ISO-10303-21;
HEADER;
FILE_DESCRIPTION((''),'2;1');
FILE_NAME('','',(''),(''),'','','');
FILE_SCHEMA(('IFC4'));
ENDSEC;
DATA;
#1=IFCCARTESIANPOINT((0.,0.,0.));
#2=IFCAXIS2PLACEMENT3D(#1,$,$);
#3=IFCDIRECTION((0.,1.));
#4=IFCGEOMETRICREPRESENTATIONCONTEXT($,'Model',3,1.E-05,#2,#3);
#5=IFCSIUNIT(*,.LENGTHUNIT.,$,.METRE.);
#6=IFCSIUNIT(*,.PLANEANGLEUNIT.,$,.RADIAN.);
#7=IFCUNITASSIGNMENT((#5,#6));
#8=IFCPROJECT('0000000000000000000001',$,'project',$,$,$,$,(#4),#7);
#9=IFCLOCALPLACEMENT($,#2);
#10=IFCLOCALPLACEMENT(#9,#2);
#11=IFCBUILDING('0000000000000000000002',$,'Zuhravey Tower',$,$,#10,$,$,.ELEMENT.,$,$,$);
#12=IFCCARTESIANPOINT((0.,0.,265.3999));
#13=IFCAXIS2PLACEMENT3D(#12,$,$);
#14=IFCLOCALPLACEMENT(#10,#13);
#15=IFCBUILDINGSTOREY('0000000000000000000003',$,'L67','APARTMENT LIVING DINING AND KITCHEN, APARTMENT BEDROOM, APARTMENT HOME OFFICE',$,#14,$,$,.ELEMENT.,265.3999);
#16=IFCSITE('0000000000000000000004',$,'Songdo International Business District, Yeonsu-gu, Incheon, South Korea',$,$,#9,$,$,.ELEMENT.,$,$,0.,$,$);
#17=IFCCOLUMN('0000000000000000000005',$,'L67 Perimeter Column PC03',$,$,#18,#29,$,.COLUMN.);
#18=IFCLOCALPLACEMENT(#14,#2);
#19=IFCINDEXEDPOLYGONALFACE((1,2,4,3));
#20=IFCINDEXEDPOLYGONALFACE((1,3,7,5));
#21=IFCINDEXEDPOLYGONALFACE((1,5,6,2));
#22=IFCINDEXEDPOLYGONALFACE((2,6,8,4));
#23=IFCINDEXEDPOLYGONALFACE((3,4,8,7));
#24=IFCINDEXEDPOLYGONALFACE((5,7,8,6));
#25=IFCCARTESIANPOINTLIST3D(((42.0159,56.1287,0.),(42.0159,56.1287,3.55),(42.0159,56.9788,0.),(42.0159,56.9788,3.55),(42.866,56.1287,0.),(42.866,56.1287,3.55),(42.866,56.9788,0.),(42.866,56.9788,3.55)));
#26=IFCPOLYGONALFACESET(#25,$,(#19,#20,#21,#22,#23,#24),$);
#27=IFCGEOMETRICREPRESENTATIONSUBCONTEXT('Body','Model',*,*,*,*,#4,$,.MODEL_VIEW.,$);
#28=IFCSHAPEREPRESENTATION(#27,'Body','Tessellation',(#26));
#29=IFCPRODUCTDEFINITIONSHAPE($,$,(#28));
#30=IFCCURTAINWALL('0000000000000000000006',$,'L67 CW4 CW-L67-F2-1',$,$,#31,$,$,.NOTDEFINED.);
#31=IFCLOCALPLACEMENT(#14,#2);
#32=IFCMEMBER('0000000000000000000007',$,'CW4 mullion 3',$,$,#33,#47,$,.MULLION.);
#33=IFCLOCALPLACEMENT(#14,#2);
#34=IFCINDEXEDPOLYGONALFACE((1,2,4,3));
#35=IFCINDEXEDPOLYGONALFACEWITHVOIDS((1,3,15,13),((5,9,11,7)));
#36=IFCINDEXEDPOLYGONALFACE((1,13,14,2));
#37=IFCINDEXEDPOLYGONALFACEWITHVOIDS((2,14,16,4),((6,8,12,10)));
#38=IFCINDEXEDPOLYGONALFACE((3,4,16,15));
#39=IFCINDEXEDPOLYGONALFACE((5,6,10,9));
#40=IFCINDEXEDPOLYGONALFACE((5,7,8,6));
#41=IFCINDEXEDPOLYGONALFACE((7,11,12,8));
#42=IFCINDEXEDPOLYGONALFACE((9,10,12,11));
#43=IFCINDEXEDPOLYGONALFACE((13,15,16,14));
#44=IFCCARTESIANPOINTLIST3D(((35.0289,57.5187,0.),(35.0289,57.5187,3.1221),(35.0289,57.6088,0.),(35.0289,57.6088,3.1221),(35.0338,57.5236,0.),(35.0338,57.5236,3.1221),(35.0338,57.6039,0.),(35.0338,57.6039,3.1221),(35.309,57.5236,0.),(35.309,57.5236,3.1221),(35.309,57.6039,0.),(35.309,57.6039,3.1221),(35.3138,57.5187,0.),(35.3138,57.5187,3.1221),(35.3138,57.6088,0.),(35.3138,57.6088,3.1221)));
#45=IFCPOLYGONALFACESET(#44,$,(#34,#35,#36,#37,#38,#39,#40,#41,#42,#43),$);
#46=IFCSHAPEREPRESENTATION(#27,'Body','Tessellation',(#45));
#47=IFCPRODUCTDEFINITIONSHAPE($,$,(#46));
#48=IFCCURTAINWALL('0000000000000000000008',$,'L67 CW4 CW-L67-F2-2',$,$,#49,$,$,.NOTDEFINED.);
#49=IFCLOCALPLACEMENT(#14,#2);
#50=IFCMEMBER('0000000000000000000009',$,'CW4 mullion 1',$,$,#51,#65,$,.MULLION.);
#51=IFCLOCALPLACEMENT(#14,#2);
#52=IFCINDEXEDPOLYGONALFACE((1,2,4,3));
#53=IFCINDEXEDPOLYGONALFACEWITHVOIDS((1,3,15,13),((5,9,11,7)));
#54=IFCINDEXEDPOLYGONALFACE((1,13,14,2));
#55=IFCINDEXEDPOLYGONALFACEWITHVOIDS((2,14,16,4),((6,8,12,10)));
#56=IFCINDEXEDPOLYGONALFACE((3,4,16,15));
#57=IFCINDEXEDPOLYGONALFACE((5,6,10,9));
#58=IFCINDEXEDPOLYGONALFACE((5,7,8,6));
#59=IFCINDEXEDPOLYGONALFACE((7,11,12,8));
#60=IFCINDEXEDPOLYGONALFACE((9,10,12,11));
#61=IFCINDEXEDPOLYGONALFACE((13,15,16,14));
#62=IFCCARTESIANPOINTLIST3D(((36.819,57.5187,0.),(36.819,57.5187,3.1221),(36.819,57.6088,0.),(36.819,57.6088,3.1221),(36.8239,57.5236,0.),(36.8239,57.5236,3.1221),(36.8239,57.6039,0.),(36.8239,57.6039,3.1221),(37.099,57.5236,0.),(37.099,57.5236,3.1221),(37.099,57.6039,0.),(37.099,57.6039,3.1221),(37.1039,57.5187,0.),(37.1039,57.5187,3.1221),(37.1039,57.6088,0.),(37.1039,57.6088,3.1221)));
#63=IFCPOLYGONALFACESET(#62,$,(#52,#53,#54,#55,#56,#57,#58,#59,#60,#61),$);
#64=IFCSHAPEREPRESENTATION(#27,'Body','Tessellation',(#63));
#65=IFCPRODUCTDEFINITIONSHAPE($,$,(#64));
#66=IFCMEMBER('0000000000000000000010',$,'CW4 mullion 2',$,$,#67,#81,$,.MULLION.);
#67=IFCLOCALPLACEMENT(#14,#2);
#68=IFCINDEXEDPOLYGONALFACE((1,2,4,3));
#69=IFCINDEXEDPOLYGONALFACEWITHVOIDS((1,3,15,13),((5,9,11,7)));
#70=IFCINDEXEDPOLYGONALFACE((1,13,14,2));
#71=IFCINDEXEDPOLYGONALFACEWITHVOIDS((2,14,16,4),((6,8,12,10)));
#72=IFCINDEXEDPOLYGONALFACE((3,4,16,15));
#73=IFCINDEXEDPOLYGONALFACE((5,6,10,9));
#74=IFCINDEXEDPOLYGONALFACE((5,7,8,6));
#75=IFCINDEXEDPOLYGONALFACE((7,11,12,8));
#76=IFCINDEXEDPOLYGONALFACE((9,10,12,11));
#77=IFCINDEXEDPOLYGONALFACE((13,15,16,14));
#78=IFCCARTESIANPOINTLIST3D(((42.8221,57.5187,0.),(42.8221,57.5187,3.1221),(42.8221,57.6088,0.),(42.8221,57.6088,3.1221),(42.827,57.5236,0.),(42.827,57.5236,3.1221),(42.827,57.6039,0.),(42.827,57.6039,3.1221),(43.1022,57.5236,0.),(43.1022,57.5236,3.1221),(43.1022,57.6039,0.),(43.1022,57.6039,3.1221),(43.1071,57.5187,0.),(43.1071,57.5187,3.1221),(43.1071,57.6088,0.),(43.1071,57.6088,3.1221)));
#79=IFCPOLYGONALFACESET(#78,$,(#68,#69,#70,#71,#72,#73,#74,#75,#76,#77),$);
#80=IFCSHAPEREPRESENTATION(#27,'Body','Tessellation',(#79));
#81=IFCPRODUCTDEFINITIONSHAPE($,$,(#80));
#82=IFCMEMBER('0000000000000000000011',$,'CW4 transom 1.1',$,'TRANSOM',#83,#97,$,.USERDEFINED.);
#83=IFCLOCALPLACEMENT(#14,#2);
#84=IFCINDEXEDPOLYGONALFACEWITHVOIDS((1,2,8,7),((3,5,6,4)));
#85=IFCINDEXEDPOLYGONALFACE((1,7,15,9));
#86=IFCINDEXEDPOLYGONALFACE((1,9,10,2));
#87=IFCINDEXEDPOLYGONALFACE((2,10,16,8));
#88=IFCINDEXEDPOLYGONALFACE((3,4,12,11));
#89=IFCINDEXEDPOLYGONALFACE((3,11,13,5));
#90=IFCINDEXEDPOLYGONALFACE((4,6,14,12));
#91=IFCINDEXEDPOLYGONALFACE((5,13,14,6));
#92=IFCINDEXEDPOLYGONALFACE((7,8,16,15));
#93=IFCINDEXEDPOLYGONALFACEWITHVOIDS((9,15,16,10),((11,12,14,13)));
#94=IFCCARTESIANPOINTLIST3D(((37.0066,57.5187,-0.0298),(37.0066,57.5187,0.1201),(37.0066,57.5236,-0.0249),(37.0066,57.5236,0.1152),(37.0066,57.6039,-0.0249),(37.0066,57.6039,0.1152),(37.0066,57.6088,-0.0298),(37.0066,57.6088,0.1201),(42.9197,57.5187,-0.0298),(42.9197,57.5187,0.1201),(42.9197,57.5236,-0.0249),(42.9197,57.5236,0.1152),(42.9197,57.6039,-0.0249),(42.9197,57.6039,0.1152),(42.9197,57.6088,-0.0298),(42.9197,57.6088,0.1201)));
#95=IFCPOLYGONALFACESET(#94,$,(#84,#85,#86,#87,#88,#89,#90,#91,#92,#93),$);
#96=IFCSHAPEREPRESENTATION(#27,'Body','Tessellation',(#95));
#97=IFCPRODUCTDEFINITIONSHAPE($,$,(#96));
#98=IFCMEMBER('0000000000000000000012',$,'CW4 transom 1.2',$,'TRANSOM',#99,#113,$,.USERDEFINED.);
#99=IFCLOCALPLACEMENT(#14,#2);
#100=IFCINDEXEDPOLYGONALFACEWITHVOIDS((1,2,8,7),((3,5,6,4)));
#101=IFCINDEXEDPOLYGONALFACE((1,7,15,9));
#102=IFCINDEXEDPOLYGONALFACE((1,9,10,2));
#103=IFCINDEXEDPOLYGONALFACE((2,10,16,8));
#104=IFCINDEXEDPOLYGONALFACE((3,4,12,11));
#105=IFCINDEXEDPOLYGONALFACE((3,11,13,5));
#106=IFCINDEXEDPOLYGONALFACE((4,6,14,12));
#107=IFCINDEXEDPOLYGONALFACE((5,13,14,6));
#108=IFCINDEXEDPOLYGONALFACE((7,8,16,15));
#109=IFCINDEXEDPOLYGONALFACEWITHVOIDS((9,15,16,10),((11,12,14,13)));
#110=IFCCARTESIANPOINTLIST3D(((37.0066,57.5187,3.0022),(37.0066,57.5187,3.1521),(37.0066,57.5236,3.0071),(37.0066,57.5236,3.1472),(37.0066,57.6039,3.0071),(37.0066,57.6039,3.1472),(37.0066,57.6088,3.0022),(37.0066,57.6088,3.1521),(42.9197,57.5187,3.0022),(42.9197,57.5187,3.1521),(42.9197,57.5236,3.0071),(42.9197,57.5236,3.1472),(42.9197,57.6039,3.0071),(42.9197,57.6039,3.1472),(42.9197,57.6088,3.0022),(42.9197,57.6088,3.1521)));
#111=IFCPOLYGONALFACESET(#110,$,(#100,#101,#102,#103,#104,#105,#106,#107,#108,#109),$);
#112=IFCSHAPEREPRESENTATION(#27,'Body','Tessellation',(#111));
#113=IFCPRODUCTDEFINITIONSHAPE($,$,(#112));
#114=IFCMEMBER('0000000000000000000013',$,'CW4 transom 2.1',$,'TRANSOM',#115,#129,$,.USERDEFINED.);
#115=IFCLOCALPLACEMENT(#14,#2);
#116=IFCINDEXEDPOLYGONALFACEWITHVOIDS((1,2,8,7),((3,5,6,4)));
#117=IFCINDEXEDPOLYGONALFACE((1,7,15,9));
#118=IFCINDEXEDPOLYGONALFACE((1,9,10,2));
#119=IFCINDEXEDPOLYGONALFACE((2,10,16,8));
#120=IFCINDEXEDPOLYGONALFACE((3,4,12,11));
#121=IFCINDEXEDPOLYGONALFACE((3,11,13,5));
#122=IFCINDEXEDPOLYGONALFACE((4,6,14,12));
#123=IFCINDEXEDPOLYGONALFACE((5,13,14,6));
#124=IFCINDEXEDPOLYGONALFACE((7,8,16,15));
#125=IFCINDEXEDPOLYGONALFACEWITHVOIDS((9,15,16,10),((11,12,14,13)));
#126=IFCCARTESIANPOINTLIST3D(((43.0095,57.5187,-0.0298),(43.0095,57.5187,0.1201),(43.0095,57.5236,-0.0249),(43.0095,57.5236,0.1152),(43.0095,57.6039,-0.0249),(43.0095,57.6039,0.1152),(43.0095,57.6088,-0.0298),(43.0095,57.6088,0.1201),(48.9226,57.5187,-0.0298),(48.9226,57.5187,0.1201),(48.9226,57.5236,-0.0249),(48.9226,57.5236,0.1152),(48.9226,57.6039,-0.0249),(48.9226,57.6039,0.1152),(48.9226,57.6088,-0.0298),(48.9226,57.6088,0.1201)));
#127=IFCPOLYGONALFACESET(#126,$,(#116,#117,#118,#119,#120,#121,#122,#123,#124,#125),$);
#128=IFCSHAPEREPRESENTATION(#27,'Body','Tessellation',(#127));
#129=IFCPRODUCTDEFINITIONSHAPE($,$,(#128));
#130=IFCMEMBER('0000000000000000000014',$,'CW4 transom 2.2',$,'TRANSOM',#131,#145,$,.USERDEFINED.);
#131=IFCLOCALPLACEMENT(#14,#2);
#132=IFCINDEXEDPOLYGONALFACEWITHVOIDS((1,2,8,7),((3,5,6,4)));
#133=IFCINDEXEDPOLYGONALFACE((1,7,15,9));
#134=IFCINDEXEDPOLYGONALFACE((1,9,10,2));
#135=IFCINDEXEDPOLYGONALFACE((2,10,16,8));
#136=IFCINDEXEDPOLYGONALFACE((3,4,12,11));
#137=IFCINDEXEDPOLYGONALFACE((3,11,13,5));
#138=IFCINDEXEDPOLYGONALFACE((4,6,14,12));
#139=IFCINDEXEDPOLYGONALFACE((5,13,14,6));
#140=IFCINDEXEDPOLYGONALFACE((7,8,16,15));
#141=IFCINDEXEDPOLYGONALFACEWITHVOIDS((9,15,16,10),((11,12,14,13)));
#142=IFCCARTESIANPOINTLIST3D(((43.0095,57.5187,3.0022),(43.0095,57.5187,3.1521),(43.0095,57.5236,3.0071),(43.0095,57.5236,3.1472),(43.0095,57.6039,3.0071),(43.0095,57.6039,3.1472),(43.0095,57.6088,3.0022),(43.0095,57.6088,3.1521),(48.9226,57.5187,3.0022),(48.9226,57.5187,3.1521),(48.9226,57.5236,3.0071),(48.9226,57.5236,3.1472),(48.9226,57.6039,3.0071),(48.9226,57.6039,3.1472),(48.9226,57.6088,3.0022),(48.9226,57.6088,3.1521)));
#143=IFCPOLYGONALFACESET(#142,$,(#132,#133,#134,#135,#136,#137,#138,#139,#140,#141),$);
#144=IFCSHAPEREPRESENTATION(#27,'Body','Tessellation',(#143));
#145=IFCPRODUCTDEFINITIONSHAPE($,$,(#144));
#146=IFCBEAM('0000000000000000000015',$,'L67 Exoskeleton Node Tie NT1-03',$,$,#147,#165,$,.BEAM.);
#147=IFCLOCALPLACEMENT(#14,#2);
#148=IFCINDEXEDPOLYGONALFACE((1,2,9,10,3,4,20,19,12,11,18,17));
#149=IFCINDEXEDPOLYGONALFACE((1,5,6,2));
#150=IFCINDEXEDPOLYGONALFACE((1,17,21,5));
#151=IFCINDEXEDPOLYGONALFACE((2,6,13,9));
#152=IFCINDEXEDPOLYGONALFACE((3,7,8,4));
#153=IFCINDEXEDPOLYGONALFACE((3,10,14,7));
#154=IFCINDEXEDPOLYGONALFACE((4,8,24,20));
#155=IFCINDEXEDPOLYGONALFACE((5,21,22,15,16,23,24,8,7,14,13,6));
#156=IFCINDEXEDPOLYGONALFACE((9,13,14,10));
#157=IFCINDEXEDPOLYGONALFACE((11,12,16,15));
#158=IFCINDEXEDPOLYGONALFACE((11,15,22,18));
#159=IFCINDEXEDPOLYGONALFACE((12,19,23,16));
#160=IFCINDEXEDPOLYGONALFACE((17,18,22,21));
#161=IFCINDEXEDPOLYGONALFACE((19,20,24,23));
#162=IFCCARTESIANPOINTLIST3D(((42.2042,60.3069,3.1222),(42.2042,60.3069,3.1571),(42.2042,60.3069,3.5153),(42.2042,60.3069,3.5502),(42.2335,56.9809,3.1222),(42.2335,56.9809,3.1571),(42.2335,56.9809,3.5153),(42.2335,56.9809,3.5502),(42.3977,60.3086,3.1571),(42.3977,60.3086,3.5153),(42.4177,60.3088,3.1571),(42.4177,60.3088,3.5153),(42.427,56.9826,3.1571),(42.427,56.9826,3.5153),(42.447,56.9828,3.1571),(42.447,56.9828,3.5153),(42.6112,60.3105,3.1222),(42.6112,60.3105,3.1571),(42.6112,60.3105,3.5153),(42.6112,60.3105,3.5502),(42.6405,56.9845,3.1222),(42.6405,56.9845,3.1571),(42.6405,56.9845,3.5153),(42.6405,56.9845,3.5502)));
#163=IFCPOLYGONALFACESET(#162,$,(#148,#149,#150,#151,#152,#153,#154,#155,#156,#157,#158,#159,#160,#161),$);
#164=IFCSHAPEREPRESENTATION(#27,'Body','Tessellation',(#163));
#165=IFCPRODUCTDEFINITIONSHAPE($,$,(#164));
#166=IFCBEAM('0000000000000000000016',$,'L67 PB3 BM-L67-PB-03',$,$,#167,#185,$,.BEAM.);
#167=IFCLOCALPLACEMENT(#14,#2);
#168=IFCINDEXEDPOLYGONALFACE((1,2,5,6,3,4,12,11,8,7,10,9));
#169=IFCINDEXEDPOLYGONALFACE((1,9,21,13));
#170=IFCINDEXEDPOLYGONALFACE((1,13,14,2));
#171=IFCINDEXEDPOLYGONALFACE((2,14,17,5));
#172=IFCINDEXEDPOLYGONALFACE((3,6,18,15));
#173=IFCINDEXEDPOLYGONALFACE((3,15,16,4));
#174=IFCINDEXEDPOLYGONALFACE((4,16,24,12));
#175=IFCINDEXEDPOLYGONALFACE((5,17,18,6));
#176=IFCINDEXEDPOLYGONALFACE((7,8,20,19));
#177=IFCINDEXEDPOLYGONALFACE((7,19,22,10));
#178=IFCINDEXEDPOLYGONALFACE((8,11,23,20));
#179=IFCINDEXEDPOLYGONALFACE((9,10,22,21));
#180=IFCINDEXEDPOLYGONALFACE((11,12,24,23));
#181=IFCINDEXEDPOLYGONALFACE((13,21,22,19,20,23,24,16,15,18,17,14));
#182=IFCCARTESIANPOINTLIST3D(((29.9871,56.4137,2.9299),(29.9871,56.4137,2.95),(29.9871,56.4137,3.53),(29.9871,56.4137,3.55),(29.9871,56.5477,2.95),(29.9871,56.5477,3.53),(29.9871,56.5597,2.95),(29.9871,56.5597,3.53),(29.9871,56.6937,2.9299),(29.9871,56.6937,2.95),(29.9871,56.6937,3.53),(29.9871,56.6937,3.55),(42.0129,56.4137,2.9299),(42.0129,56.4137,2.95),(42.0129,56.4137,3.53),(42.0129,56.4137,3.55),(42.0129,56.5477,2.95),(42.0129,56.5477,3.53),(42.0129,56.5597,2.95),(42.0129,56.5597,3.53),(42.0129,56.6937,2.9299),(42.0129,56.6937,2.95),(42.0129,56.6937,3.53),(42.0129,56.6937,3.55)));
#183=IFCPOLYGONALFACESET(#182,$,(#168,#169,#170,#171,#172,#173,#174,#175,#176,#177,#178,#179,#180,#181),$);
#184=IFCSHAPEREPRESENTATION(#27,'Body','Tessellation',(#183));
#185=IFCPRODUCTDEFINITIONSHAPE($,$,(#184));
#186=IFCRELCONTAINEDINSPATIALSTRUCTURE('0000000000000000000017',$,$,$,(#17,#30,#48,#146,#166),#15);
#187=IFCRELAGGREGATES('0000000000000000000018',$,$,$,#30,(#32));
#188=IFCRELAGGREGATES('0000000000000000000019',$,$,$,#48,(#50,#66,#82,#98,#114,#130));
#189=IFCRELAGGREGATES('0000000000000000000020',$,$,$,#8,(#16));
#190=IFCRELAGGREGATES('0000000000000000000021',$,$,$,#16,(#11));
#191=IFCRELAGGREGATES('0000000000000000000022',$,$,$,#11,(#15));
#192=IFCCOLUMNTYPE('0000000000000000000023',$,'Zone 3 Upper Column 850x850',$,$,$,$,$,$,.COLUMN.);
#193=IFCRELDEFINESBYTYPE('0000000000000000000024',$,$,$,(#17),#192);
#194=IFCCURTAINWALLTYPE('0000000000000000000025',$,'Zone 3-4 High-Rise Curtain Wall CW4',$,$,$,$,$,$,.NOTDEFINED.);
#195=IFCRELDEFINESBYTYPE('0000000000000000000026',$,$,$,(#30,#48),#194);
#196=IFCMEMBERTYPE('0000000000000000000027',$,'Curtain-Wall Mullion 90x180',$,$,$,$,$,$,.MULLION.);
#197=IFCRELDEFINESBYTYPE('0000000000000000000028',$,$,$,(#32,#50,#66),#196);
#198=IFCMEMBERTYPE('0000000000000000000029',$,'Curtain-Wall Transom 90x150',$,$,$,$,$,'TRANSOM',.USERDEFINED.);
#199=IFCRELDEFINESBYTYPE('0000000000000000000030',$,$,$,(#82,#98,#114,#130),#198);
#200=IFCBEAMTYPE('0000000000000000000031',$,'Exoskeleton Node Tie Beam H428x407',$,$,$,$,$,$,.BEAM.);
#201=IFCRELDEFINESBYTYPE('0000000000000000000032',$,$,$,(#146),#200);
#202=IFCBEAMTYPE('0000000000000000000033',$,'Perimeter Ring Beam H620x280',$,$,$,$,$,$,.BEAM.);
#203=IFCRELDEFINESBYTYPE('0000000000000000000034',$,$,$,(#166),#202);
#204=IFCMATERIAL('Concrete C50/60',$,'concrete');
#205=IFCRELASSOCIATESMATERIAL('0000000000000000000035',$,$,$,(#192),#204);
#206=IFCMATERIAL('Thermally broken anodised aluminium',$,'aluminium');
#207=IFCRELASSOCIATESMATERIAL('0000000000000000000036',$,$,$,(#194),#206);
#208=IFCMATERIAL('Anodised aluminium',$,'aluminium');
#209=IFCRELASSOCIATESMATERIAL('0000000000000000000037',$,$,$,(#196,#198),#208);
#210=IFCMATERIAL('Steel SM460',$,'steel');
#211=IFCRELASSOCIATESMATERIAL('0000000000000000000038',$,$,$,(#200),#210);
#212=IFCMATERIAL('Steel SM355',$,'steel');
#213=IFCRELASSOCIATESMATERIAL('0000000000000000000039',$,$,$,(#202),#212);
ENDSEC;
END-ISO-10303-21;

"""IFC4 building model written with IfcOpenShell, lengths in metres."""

from ifc_helpers import new_model, si_unit, direction, frame, origin, origin_2d, place, context, subcontext, project, spatial, rectangle, hollow_rectangle, i_section, extrude, material, material_profile, profile_set, type_object, element, aggregate, save


model = new_model("IFC4")

# Units and contexts
model_context = context("Model", 3, precision=1e-05, world=origin(), true_north=direction((0.0, 1.0)))
body_context = subcontext(model_context, "Body", "Model", "MODEL_VIEW")
ifc_project = project(units=[si_unit("LENGTHUNIT", "METRE"), si_unit("PLANEANGLEUNIT", "RADIAN")], contexts=[model_context])

# Site, building, storey
site_placement = place(None, origin())
site = spatial("IfcSite", under=ifc_project, at=site_placement, Name="Songdo International Business District, Yeonsu-gu, Incheon, South Korea", CompositionType="ELEMENT", RefElevation=0.0)
building_placement = place(site_placement, origin())
building = spatial("IfcBuilding", under=site, at=building_placement, Name="Zuhravey Tower", CompositionType="ELEMENT")
storey_placement = place(building_placement, frame((0.0, 0.0, 265.3999)))
storey = spatial("IfcBuildingStorey", under=building, at=storey_placement, Name="L67", Description="APARTMENT LIVING DINING AND KITCHEN, APARTMENT BEDROOM, APARTMENT HOME OFFICE", CompositionType="ELEMENT", Elevation=265.3999)

# Column
ifc_material_1 = material(Name="Concrete C50/60", Category="concrete")
ifc_material_profile_1 = material_profile(ifc_material_1, rectangle(XDim=0.8501, YDim=0.8501, at=origin_2d()), Name="RC-850x850")
ifc_profile_set_1 = profile_set([ifc_material_profile_1], Name="Concrete C50/60")
column_type = type_object("IfcColumnType", Name="Zone 3 Upper Column 850x850", PredefinedType="COLUMN", material=ifc_profile_set_1)
column_placement = place(storey_placement, frame((42.4409, 56.5537, 0.0), z_axis=(0.0, 0.0, 1.0), x_axis=(-1.0, 0.0, 0.0)))
element("IfcColumn", 1, at=column_placement, inside=storey, type_object=column_type, Name="L67 Perimeter Column PC03", PredefinedType="COLUMN", context=body_context, shape_type="SweptSolid", body=[
    extrude(rectangle(XDim=0.8501, YDim=0.8501, at=origin_2d()), origin(), (0.0, 0.0, 1.0), 3.55),
])

# Curtain wall, member
ifc_material_2 = material(Name="Thermally broken anodised aluminium", Category="aluminium")
curtain_wall_type = type_object("IfcCurtainWallType", Name="Zone 3-4 High-Rise Curtain Wall CW4", PredefinedType="NOTDEFINED", material=ifc_material_2)
curtain_wall_1_placement = place(storey_placement, origin())
curtain_wall_1 = element("IfcCurtainWall", 2, at=curtain_wall_1_placement, inside=storey, type_object=curtain_wall_type, Name="L67 CW4 CW-L67-F2-1", PredefinedType="NOTDEFINED")
ifc_material_3 = material(Name="Anodised aluminium", Category="aluminium")
ifc_material_profile_2 = material_profile(ifc_material_3, hollow_rectangle(XDim=0.0901, YDim=0.2849, WallThickness=0.0049, at=origin_2d()), Name="ALU-RHS-90x285x5")
ifc_profile_set_2 = profile_set([ifc_material_profile_2], Name="Anodised aluminium")
member_type_1 = type_object("IfcMemberType", Name="Curtain-Wall Mullion 90x180", PredefinedType="MULLION", material=ifc_profile_set_2)
member_1_placement = place(storey_placement, frame((35.1714, 57.5637, 0.0), z_axis=(0.0, 0.0, 1.0), x_axis=(0.0, 1.0, 0.0)))
member_1 = element("IfcMember", 3, at=member_1_placement, type_object=member_type_1, Name="CW4 mullion 3", PredefinedType="MULLION", context=body_context, shape_type="SweptSolid", body=[
    extrude(hollow_rectangle(XDim=0.0901, YDim=0.2849, WallThickness=0.0049, at=origin_2d()), origin(), (0.0, 0.0, 1.0), 3.1221),
])
aggregate(curtain_wall_1, [member_1])

# Curtain wall, members
curtain_wall_2_placement = place(storey_placement, origin())
curtain_wall_2 = element("IfcCurtainWall", 4, at=curtain_wall_2_placement, inside=storey, type_object=curtain_wall_type, Name="L67 CW4 CW-L67-F2-2", PredefinedType="NOTDEFINED")
member_2_placement = place(storey_placement, frame((36.9614, 57.5637, 0.0), z_axis=(0.0, 0.0, 1.0), x_axis=(0.0, 1.0, 0.0)))
member_2 = element("IfcMember", 5, at=member_2_placement, type_object=member_type_1, Name="CW4 mullion 1", PredefinedType="MULLION", context=body_context, shape_type="SweptSolid", body=[
    extrude(hollow_rectangle(XDim=0.0901, YDim=0.2849, WallThickness=0.0049, at=origin_2d()), origin(), (0.0, 0.0, 1.0), 3.1221),
])
member_3_placement = place(storey_placement, frame((42.9646, 57.5637, 0.0), z_axis=(0.0, 0.0, 1.0), x_axis=(0.0, 1.0, 0.0)))
member_3 = element("IfcMember", 6, at=member_3_placement, type_object=member_type_1, Name="CW4 mullion 2", PredefinedType="MULLION", context=body_context, shape_type="SweptSolid", body=[
    extrude(hollow_rectangle(XDim=0.0901, YDim=0.2849, WallThickness=0.0049, at=origin_2d()), origin(), (0.0, 0.0, 1.0), 3.1221),
])
ifc_material_profile_3 = material_profile(ifc_material_3, hollow_rectangle(XDim=0.0901, YDim=0.1499, WallThickness=0.0049, at=origin_2d()), Name="ALU-RHS-90x150x5")
ifc_profile_set_3 = profile_set([ifc_material_profile_3], Name="Anodised aluminium")
member_type_2 = type_object("IfcMemberType", Name="Curtain-Wall Transom 90x150", ElementType="TRANSOM", PredefinedType="USERDEFINED", material=ifc_profile_set_3)
member_4_placement = place(storey_placement, frame((37.0066, 57.5637, 0.0452), z_axis=(1.0, 0.0, 0.0), x_axis=(0.0, 1.0, 0.0)))
member_4 = element("IfcMember", 7, at=member_4_placement, type_object=member_type_2, Name="CW4 transom 1.1", ObjectType="TRANSOM", PredefinedType="USERDEFINED", context=body_context, shape_type="SweptSolid", body=[
    extrude(hollow_rectangle(XDim=0.0901, YDim=0.1499, WallThickness=0.0049, at=origin_2d()), origin(), (0.0, 0.0, 1.0), 5.9131),
])
member_5_placement = place(storey_placement, frame((37.0066, 57.5637, 3.0771), z_axis=(1.0, 0.0, 0.0), x_axis=(0.0, 1.0, 0.0)))
member_5 = element("IfcMember", 8, at=member_5_placement, type_object=member_type_2, Name="CW4 transom 1.2", ObjectType="TRANSOM", PredefinedType="USERDEFINED", context=body_context, shape_type="SweptSolid", body=[
    extrude(hollow_rectangle(XDim=0.0901, YDim=0.1499, WallThickness=0.0049, at=origin_2d()), origin(), (0.0, 0.0, 1.0), 5.9131),
])
member_6_placement = place(storey_placement, frame((43.0095, 57.5637, 0.0452), z_axis=(1.0, 0.0, 0.0), x_axis=(0.0, 1.0, 0.0)))
member_6 = element("IfcMember", 9, at=member_6_placement, type_object=member_type_2, Name="CW4 transom 2.1", ObjectType="TRANSOM", PredefinedType="USERDEFINED", context=body_context, shape_type="SweptSolid", body=[
    extrude(hollow_rectangle(XDim=0.0901, YDim=0.1499, WallThickness=0.0049, at=origin_2d()), origin(), (0.0, 0.0, 1.0), 5.9131),
])
member_7_placement = place(storey_placement, frame((43.0095, 57.5637, 3.0771), z_axis=(1.0, 0.0, 0.0), x_axis=(0.0, 1.0, 0.0)))
member_7 = element("IfcMember", 10, at=member_7_placement, type_object=member_type_2, Name="CW4 transom 2.2", ObjectType="TRANSOM", PredefinedType="USERDEFINED", context=body_context, shape_type="SweptSolid", body=[
    extrude(hollow_rectangle(XDim=0.0901, YDim=0.1499, WallThickness=0.0049, at=origin_2d()), origin(), (0.0, 0.0, 1.0), 5.9131),
])

# Beams
ifc_material_4 = material(Name="Steel SM460", Category="steel")
ifc_material_profile_4 = material_profile(ifc_material_4, i_section(OverallWidth=0.407, OverallDepth=0.428, WebThickness=0.02, FlangeThickness=0.0349, at=origin_2d()), Name="H-428x407x20x35")
ifc_profile_set_4 = profile_set([ifc_material_profile_4], Name="Steel SM460")
beam_type_1 = type_object("IfcBeamType", Name="Exoskeleton Node Tie Beam H428x407", PredefinedType="BEAM", material=ifc_profile_set_4)
beam_1_placement = place(storey_placement, frame((42.437, 56.9827, 3.3362), z_axis=(-0.008808, 0.999961, 0.0), x_axis=(-0.999961, -0.008808, 0.0)))
element("IfcBeam", 11, at=beam_1_placement, inside=storey, type_object=beam_type_1, Name="L67 Exoskeleton Node Tie NT1-03", PredefinedType="BEAM", context=body_context, shape_type="SweptSolid", body=[
    extrude(i_section(OverallWidth=0.407, OverallDepth=0.428, WebThickness=0.02, FlangeThickness=0.0349, at=origin_2d()), origin(), (0.0, 0.0, 1.0), 3.3262),
])
ifc_material_5 = material(Name="Steel SM355", Category="steel")
ifc_material_profile_5 = material_profile(ifc_material_5, i_section(OverallWidth=0.28, OverallDepth=0.6201, WebThickness=0.012, FlangeThickness=0.02, at=origin_2d()), Name="H-620x280x12x20")
ifc_profile_set_5 = profile_set([ifc_material_profile_5], Name="Steel SM355")
beam_type_2 = type_object("IfcBeamType", Name="Perimeter Ring Beam H620x280", PredefinedType="BEAM", material=ifc_profile_set_5)
beam_2_placement = place(storey_placement, frame((42.0129, 56.5537, 3.24), z_axis=(-1.0, 0.0, 0.0), x_axis=(0.0, -1.0, 0.0)))
element("IfcBeam", 12, at=beam_2_placement, inside=storey, type_object=beam_type_2, Name="L67 PB3 BM-L67-PB-03", PredefinedType="BEAM", context=body_context, shape_type="SweptSolid", body=[
    extrude(i_section(OverallWidth=0.28, OverallDepth=0.6201, WebThickness=0.012, FlangeThickness=0.02, at=origin_2d()), origin(), (0.0, 0.0, 1.0), 12.0259),
])

aggregate(curtain_wall_2, [member_2, member_3, member_4, member_5, member_6, member_7])

save(model, "model.ifc")
